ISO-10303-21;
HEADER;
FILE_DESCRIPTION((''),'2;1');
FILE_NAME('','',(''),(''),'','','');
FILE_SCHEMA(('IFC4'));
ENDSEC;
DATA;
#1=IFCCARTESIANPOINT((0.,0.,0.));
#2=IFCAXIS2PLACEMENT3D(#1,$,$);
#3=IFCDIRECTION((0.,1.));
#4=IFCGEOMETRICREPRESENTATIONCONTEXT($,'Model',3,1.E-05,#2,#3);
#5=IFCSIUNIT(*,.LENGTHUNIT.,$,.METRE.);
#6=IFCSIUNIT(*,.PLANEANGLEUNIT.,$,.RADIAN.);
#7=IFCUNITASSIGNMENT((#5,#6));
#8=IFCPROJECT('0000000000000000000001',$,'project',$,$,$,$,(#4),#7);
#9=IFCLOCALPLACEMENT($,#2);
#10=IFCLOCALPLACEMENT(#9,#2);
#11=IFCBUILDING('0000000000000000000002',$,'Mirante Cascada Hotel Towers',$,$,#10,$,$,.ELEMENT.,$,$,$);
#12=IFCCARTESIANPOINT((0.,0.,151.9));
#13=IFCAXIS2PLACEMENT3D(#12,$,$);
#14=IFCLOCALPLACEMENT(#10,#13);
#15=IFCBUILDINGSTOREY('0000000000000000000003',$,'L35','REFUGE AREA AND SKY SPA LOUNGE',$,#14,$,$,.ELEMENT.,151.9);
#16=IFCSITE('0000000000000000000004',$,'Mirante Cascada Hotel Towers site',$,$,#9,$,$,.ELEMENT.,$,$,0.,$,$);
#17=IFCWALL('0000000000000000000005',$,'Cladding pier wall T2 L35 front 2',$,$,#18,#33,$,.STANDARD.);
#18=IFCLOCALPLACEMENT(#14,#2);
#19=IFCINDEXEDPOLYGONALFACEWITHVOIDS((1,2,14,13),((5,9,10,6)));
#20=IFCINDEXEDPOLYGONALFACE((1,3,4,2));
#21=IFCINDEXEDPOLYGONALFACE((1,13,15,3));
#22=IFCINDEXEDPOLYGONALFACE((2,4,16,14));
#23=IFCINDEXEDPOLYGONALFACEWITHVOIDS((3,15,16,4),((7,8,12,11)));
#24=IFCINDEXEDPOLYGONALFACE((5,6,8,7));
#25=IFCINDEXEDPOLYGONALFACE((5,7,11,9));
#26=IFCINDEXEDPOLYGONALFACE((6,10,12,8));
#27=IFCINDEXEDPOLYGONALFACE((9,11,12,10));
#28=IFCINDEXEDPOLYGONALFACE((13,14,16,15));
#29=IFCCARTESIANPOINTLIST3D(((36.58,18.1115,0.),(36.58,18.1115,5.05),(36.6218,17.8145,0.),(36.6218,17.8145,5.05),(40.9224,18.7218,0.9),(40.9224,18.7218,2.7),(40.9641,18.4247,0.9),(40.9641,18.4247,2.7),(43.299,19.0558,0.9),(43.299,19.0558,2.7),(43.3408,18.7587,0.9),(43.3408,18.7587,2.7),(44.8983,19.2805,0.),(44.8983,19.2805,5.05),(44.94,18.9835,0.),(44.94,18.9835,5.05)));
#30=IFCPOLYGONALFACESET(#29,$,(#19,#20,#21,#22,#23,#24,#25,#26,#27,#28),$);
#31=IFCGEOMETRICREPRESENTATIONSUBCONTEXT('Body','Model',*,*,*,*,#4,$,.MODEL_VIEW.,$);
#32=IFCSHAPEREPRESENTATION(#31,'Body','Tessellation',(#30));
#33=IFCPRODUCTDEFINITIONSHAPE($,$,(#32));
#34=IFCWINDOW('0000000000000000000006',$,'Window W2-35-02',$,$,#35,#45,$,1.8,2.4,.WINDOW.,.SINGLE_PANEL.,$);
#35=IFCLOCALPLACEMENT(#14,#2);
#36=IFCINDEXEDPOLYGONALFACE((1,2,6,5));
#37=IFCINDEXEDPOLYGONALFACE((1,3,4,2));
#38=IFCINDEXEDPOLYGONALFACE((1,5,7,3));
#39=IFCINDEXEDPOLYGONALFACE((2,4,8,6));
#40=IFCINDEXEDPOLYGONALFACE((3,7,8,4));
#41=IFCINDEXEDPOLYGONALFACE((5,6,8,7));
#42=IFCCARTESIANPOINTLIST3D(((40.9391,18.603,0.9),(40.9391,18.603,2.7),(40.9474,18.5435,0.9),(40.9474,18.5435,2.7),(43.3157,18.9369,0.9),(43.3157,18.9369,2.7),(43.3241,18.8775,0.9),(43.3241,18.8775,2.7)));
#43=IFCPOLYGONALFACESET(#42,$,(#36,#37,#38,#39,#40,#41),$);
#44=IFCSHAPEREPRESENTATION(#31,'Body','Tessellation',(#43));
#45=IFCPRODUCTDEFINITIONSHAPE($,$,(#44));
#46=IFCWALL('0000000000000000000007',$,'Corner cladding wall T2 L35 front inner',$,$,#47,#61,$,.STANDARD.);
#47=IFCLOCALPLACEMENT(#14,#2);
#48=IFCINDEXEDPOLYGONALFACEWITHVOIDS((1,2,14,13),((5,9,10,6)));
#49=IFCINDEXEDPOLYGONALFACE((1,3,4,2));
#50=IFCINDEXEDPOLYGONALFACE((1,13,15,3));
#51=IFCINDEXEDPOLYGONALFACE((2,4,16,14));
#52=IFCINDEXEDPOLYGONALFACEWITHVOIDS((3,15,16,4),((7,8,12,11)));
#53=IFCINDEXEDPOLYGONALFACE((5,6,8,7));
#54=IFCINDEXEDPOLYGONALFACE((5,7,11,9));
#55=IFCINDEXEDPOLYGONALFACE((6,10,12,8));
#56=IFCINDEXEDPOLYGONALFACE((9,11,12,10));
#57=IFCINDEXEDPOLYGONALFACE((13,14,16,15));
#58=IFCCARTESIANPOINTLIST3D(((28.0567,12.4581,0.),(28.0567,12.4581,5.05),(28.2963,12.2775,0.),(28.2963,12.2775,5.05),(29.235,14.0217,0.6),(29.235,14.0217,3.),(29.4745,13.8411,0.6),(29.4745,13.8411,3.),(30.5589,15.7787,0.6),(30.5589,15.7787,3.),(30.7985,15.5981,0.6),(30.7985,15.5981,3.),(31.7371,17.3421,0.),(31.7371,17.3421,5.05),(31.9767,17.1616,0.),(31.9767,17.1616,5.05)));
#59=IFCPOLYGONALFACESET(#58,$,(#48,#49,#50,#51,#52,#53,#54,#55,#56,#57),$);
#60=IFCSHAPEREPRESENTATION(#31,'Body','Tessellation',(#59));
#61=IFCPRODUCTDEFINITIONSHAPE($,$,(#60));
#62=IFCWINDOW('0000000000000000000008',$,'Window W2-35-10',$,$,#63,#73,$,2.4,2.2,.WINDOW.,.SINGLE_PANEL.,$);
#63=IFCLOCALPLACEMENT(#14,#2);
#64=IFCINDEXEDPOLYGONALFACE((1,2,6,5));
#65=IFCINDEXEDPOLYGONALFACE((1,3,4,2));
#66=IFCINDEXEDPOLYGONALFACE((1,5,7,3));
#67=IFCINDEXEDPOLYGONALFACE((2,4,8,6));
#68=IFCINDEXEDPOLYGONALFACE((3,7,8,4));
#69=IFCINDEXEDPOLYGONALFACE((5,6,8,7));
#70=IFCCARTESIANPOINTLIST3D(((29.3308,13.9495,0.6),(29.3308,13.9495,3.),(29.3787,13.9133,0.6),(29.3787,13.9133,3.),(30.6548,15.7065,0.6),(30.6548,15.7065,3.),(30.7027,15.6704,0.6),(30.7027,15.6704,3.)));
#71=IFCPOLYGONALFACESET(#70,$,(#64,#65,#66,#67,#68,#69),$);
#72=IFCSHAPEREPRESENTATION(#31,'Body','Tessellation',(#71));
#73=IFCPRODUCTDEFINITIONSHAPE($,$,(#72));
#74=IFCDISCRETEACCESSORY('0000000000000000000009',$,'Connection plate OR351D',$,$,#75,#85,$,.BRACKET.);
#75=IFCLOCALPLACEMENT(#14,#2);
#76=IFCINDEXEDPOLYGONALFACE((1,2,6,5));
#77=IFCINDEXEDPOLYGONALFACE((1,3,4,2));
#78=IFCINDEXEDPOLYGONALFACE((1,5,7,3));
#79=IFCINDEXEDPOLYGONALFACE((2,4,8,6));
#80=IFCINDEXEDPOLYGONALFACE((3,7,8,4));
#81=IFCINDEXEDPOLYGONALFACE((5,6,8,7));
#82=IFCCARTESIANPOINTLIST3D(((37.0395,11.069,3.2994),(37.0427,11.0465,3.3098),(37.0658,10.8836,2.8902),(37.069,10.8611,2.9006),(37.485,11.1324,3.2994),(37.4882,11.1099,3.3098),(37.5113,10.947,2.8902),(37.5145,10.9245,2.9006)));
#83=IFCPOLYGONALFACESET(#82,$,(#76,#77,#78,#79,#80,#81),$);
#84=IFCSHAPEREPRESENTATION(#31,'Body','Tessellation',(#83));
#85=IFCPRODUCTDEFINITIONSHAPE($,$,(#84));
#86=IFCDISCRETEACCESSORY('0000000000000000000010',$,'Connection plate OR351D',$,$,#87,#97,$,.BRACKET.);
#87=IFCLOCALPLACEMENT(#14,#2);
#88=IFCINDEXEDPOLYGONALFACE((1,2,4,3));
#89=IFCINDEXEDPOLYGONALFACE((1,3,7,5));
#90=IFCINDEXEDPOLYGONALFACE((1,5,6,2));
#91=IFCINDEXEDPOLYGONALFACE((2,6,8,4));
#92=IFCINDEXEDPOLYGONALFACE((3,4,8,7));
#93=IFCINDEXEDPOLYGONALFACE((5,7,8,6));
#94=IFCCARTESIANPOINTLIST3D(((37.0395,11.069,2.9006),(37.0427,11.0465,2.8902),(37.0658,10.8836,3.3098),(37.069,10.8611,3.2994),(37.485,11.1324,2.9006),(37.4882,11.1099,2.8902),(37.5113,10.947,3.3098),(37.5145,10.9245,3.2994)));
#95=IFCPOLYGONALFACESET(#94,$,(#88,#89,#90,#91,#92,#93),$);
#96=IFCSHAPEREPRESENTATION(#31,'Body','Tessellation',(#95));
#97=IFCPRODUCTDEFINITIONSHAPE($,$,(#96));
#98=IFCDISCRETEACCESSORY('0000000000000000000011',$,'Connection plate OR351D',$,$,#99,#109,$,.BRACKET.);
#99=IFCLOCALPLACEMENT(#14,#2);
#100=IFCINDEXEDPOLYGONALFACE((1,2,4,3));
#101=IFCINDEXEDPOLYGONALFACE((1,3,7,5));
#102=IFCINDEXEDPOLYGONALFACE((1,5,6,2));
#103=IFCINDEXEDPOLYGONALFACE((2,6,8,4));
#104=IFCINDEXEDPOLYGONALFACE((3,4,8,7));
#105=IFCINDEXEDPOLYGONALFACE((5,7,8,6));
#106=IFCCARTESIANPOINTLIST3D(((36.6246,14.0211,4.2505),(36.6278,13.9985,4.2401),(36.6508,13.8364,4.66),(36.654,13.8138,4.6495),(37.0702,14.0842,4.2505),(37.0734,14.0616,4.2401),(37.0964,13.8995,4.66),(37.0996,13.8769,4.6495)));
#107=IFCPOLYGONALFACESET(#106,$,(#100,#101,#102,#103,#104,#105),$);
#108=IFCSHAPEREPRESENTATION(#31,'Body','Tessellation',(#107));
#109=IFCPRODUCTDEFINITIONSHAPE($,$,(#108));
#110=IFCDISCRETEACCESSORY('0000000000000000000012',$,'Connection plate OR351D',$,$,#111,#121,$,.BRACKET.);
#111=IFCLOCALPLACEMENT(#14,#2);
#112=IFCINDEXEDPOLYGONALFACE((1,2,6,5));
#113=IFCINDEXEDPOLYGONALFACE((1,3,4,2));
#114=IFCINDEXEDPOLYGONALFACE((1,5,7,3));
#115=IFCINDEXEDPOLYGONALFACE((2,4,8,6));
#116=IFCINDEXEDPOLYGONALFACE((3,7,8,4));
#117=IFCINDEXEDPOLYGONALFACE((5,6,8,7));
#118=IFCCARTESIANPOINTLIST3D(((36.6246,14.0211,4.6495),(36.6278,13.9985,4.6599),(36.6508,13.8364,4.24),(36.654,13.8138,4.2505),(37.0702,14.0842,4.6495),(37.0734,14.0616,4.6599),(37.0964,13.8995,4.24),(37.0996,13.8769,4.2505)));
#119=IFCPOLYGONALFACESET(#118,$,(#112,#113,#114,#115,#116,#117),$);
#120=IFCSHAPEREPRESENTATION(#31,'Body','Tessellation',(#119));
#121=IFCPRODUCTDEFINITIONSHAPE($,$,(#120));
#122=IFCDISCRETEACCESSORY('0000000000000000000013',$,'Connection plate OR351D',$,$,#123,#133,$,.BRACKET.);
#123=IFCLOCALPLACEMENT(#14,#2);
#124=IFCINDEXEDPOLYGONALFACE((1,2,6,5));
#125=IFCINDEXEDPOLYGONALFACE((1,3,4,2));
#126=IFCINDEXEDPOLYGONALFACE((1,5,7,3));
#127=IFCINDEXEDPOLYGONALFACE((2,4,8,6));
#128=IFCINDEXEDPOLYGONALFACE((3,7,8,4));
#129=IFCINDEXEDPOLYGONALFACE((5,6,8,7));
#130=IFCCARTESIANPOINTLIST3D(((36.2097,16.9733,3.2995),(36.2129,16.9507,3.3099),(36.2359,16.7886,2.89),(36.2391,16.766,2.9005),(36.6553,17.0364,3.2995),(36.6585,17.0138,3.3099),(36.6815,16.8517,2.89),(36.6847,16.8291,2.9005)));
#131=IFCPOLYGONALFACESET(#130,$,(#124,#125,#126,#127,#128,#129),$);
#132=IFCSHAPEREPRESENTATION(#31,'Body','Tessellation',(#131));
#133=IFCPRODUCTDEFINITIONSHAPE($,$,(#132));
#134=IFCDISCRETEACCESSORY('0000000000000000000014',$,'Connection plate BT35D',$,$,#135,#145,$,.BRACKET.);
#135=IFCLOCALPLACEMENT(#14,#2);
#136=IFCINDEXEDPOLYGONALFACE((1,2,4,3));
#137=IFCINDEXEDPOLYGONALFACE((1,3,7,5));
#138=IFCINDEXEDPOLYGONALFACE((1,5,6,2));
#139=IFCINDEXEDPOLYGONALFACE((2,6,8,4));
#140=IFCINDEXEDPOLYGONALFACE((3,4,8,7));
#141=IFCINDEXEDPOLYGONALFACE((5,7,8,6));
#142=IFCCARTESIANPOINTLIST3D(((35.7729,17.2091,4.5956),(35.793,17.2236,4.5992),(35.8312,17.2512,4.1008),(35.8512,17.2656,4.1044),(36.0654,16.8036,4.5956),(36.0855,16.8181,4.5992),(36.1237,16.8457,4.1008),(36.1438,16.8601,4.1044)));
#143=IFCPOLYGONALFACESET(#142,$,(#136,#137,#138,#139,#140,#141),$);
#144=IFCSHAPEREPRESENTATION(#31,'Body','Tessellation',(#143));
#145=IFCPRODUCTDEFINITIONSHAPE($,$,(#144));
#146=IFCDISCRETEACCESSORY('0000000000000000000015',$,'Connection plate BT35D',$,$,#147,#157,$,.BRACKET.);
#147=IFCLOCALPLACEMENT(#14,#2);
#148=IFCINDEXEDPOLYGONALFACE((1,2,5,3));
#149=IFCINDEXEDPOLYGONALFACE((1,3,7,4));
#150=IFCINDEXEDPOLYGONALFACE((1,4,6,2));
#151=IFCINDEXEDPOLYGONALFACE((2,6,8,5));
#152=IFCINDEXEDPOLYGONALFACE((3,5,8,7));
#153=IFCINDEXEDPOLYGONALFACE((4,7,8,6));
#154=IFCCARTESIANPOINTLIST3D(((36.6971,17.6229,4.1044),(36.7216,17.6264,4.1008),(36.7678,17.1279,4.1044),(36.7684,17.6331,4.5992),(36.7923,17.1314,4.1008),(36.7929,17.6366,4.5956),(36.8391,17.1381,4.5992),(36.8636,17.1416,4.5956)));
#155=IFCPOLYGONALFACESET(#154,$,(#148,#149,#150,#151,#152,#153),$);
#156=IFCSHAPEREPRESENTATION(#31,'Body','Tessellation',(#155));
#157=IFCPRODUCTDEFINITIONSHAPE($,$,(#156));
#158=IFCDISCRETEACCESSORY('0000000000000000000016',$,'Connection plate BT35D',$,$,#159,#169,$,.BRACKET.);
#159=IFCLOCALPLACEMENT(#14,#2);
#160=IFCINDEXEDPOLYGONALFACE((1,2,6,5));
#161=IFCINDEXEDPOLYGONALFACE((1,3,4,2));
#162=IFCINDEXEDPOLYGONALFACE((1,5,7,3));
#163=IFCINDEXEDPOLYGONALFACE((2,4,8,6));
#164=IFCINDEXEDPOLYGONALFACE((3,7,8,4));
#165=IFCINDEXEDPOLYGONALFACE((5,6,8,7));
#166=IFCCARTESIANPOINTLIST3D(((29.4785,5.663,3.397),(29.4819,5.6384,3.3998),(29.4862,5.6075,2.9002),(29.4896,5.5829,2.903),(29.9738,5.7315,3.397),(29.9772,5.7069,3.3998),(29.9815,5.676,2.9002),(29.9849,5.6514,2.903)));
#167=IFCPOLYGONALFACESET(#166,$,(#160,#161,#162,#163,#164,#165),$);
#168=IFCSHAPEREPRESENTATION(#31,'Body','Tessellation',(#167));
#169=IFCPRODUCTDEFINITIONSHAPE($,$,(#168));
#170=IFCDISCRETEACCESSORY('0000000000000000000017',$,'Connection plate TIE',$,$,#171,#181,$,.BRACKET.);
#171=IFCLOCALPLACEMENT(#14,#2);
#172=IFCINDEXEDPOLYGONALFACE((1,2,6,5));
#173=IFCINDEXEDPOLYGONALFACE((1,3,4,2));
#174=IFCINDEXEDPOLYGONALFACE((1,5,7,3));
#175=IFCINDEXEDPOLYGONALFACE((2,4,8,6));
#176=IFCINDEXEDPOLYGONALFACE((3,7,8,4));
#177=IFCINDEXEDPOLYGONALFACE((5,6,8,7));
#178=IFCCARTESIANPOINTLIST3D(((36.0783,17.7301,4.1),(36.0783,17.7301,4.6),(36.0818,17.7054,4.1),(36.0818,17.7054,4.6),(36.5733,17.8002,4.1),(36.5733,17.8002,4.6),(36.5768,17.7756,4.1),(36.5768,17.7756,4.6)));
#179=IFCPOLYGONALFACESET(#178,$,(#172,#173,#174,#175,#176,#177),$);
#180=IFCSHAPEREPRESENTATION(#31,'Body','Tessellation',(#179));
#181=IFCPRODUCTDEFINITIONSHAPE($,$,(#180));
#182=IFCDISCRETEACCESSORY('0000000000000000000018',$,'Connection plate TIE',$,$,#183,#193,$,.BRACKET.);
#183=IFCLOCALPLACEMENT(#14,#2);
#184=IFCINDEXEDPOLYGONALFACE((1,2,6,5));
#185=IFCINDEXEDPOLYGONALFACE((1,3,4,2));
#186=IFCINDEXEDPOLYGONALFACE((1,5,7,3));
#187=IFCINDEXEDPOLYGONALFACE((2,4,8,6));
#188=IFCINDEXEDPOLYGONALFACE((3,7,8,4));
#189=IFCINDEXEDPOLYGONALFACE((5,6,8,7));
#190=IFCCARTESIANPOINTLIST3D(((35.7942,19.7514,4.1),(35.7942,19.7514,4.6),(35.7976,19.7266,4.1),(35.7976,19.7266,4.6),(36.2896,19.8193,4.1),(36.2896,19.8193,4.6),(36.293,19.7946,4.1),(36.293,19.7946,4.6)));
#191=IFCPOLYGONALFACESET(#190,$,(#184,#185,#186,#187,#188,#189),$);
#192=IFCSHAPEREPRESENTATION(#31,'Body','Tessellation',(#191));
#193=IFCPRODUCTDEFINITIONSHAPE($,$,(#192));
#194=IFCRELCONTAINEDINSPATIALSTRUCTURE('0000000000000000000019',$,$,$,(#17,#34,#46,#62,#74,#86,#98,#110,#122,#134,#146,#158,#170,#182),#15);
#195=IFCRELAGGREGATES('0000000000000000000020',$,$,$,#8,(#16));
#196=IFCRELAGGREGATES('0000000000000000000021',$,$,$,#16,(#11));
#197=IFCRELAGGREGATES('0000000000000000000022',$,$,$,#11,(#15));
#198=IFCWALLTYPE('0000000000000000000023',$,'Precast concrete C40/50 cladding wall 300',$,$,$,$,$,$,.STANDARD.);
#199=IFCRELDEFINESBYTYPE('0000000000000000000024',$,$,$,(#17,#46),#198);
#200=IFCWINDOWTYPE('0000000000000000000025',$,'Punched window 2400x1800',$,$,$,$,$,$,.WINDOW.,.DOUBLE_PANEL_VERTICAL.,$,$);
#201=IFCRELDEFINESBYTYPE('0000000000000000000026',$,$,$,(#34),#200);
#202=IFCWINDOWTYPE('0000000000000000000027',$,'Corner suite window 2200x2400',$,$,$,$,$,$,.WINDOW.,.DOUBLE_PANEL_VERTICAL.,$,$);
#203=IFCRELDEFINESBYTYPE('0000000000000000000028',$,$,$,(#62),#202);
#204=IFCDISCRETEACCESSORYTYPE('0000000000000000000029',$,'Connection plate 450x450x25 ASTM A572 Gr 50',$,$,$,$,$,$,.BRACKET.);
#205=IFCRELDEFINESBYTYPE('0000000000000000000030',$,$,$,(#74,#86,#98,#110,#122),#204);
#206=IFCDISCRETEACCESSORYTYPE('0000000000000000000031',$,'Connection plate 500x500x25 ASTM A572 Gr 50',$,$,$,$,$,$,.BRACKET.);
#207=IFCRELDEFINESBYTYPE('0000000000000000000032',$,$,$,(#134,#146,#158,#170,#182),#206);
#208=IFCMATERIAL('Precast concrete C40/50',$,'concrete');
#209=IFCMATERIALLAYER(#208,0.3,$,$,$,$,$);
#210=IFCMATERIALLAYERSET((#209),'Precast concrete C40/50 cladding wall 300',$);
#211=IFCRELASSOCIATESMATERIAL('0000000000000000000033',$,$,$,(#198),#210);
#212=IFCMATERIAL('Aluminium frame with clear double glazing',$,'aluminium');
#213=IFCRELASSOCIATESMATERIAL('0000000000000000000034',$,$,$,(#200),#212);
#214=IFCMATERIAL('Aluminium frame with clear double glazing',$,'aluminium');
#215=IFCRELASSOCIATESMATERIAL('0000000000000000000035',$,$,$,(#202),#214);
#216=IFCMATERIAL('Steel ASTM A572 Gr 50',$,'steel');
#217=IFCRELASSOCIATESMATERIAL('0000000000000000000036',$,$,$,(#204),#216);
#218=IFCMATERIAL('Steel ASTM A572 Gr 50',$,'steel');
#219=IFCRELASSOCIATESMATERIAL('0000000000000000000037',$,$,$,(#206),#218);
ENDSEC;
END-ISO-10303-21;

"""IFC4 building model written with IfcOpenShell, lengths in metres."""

from ifc_helpers import new_model, si_unit, direction, frame, frame_2d, origin, origin_2d, place, context, subcontext, project, spatial, rectangle, extrude, material, layer, layer_set, material_profile, profile_set, type_object, element, fill, save


model = new_model("IFC4")

# Units and contexts
model_context = context("Model", 3, precision=1e-05, world=origin(), true_north=direction((0.0, 1.0)))
body_context = subcontext(model_context, "Body", "Model", "MODEL_VIEW")
ifc_project = project(units=[si_unit("LENGTHUNIT", "METRE"), si_unit("PLANEANGLEUNIT", "RADIAN")], contexts=[model_context])

# Site, building, storey
site_placement = place(None, origin())
site = spatial("IfcSite", under=ifc_project, at=site_placement, Name="Mirante Cascada Hotel Towers site", CompositionType="ELEMENT", RefElevation=0.0)
building_placement = place(site_placement, origin())
building = spatial("IfcBuilding", under=site, at=building_placement, Name="Mirante Cascada Hotel Towers", CompositionType="ELEMENT")
storey_placement = place(building_placement, frame((0.0, 0.0, 151.9)))
storey = spatial("IfcBuildingStorey", under=building, at=storey_placement, Name="L35", Description="REFUGE AREA AND SKY SPA LOUNGE", CompositionType="ELEMENT", Elevation=151.9)

# Walls, openings, windows
ifc_material_1 = material(Name="Precast concrete C40/50", Category="concrete")
ifc_layer_1 = layer(ifc_material_1, 0.3)
ifc_layer_set_1 = layer_set([ifc_layer_1], Name="Precast concrete C40/50 cladding wall 300")
wall_type = type_object("IfcWallType", Name="Precast concrete C40/50 cladding wall 300", PredefinedType="STANDARD", material=ifc_layer_set_1)
ifc_material_2 = material(Name="Aluminium frame with clear double glazing", Category="aluminium")
window_type_1 = type_object("IfcWindowType", Name="Punched window 2400x1800", PartitioningType="DOUBLE_PANEL_VERTICAL", PredefinedType="WINDOW", material=ifc_material_2)
wall_1_placement = place(storey_placement, frame((36.6009, 17.963, 0.0), z_axis=(0.0, 0.0, 1.0), x_axis=(0.990269, 0.139166, 0.0)))
wall_1 = element("IfcWall", 1, at=wall_1_placement, inside=storey, type_object=wall_type, Name="Cladding pier wall T2 L35 front 2", PredefinedType="STANDARD", context=body_context, shape_type="SweptSolid", body=[
    extrude(rectangle(XDim=8.4, YDim=0.3, at=frame_2d((4.2, 0.0))), origin(), (0.0, 0.0, 1.0), 5.05),
])
opening_1_placement = place(wall_1_placement, frame((4.385, 0.0, 0.9)))
opening_1 = element("IfcOpeningElement", 2, at=opening_1_placement, cuts=wall_1, PredefinedType="OPENING", context=body_context, shape_type="SweptSolid", body=[
    extrude(rectangle(XDim=2.4, YDim=1.8, at=frame_2d((1.2, 0.9))), frame((0.0, 0.15, 0.0), z_axis=(0.0, -1.0, 0.0), x_axis=(1.0, 0.0, 0.0)), (0.0, 0.0, 1.0), 0.3),
])
window_1_placement = place(opening_1_placement, origin())
window_1 = element("IfcWindow", 3, at=window_1_placement, inside=storey, type_object=window_type_1, Name="Window W2-35-02", OverallHeight=1.8, OverallWidth=2.4, PartitioningType="SINGLE_PANEL", PredefinedType="WINDOW", context=body_context, shape_type="SweptSolid", body=[
    extrude(rectangle(XDim=2.4, YDim=1.8, at=frame_2d((1.2, 0.9))), frame((0.0, 0.03, 0.0), z_axis=(0.0, -1.0, 0.0), x_axis=(1.0, 0.0, 0.0)), (0.0, 0.0, 1.0), 0.06),
])
fill(opening_1, window_1)
wall_2_placement = place(storey_placement, frame((31.8569, 17.2519, 0.0), z_axis=(0.0, 0.0, 1.0), x_axis=(-0.601812, -0.798638, 0.0)))
wall_2 = element("IfcWall", 4, at=wall_2_placement, inside=storey, type_object=wall_type, Name="Corner cladding wall T2 L35 front inner", PredefinedType="STANDARD", context=body_context, shape_type="SweptSolid", body=[
    extrude(rectangle(XDim=6.1155, YDim=0.3, at=frame_2d((3.0578, 0.0))), origin(), (0.0, 0.0, 1.0), 5.05),
])
opening_2_placement = place(wall_2_placement, frame((1.9577, 0.0, 0.6)))
opening_2 = element("IfcOpeningElement", 5, at=opening_2_placement, cuts=wall_2, PredefinedType="OPENING", context=body_context, shape_type="SweptSolid", body=[
    extrude(rectangle(XDim=2.2, YDim=2.4, at=frame_2d((1.1, 1.2))), frame((0.0, 0.15, 0.0), z_axis=(0.0, -1.0, 0.0), x_axis=(1.0, 0.0, 0.0)), (0.0, 0.0, 1.0), 0.3),
])
ifc_material_3 = material(Name="Aluminium frame with clear double glazing", Category="aluminium")
window_type_2 = type_object("IfcWindowType", Name="Corner suite window 2200x2400", PartitioningType="DOUBLE_PANEL_VERTICAL", PredefinedType="WINDOW", material=ifc_material_3)
window_2_placement = place(opening_2_placement, origin())
window_2 = element("IfcWindow", 6, at=window_2_placement, inside=storey, type_object=window_type_2, Name="Window W2-35-10", OverallHeight=2.4, OverallWidth=2.2, PartitioningType="SINGLE_PANEL", PredefinedType="WINDOW", context=body_context, shape_type="SweptSolid", body=[
    extrude(rectangle(XDim=2.2, YDim=2.4, at=frame_2d((1.1, 1.2))), frame((0.0, 0.03, 0.0), z_axis=(0.0, -1.0, 0.0), x_axis=(1.0, 0.0, 0.0)), (0.0, 0.0, 1.0), 0.06),
])
fill(opening_2, window_2)

# Discrete accessories
ifc_material_4 = material(Name="Steel ASTM A572 Gr 50", Category="steel")
ifc_material_profile_1 = material_profile(ifc_material_4, rectangle(XDim=0.45, YDim=0.45, at=origin_2d()), Name="Connection plate 450x450x25 ASTM A572 Gr 50")
ifc_profile_set_1 = profile_set([ifc_material_profile_1], Name="Steel ASTM A572 Gr 50")
discrete_accessory_type_1 = type_object("IfcDiscreteAccessoryType", Name="Connection plate 450x450x25 ASTM A572 Gr 50", PredefinedType="BRACKET", material=ifc_profile_set_1)
for number, where, z_axis, x_axis, name in (
    (7, (37.2786, 10.9855, 3.1052), (-0.128036, 0.900252, -0.416117), (-0.990037, -0.140805, 0.0), "Connection plate OR351D"),
    (8, (37.2786, 10.9855, 3.0948), (-0.128036, 0.900252, 0.416117), (-0.990037, -0.140805, 0.0), "Connection plate OR351D"),
):
    element("IfcDiscreteAccessory", number, at=place(storey_placement, frame(where, z_axis=z_axis, x_axis=x_axis)), inside=storey, type_object=discrete_accessory_type_1, Name=name, PredefinedType="BRACKET", context=body_context, shape_type="SweptSolid", body=[
        extrude(rectangle(XDim=0.45, YDim=0.45, at=origin_2d()), origin(), (0.0, 0.0, 1.0), 0.025),
    ])
for number, where, z_axis, x_axis, name in (
    (9, (36.8637, 13.9377, 4.4448), (-0.127576, 0.901006, 0.414622), (-0.990124, -0.140194, 0.0), "Connection plate OR351D"),
    (10, (36.8637, 13.9377, 4.4552), (-0.127576, 0.901006, -0.414622), (-0.990124, -0.140194, 0.0), "Connection plate OR351D"),
    (11, (36.4488, 16.8899, 3.1052), (-0.127576, 0.901006, -0.414622), (-0.990124, -0.140194, 0.0), "Connection plate OR351D"),
):
    element("IfcDiscreteAccessory", number, at=place(storey_placement, frame(where, z_axis=z_axis, x_axis=x_axis)), inside=storey, type_object=discrete_accessory_type_1, Name=name, PredefinedType="BRACKET", context=body_context, shape_type="SweptSolid", body=[
        extrude(rectangle(XDim=0.45, YDim=0.45, at=origin_2d()), origin(), (0.0, 0.0, 1.0), 0.0251),
    ])
ifc_material_5 = material(Name="Steel ASTM A572 Gr 50", Category="steel")
ifc_material_profile_2 = material_profile(ifc_material_5, rectangle(XDim=0.5, YDim=0.5, at=origin_2d()), Name="Connection plate 500x500x25 ASTM A572 Gr 50")
ifc_profile_set_2 = profile_set([ifc_material_profile_2], Name="Steel ASTM A572 Gr 50")
discrete_accessory_type_2 = type_object("IfcDiscreteAccessoryType", Name="Connection plate 500x500x25 ASTM A572 Gr 50", PredefinedType="BRACKET", material=ifc_profile_set_2)
for number, where, z_axis, x_axis, name in (
    (12, (35.9483, 17.0274, 4.3482), (0.802576, 0.578973, 0.143745), (-0.585048, 0.810998, 0.0), "Connection plate BT35D"),
    (13, (36.7681, 17.3805, 4.3518), (0.97964, 0.139949, -0.143947), (-0.141421, 0.98995, 0.0), "Connection plate BT35D"),
    (14, (29.7334, 5.6449, 3.1514), (-0.136048, 0.984347, -0.112039), (-0.990583, -0.13691, 0.0), "Connection plate BT35D"),
):
    element("IfcDiscreteAccessory", number, at=place(storey_placement, frame(where, z_axis=z_axis, x_axis=x_axis)), inside=storey, type_object=discrete_accessory_type_2, Name=name, PredefinedType="BRACKET", context=body_context, shape_type="SweptSolid", body=[
        extrude(rectangle(XDim=0.5, YDim=0.5, at=origin_2d()), origin(), (0.0, 0.0, 1.0), 0.025),
    ])
discrete_accessory_1_placement = place(storey_placement, frame((36.3293, 17.7405, 4.35), z_axis=(-0.140299, 0.990109, 0.0), x_axis=(-0.990109, -0.140299, 0.0)))
element("IfcDiscreteAccessory", 15, at=discrete_accessory_1_placement, inside=storey, type_object=discrete_accessory_type_2, Name="Connection plate TIE", PredefinedType="BRACKET", context=body_context, shape_type="SweptSolid", body=[
    extrude(rectangle(XDim=0.5, YDim=0.5, at=origin_2d()), origin(), (0.0, 0.0, 1.0), 0.0249),
])
discrete_accessory_2_placement = place(storey_placement, frame((36.0453, 19.7606, 4.35), z_axis=(-0.135826, 0.990733, 0.0), x_axis=(-0.990733, -0.135826, 0.0)))
element("IfcDiscreteAccessory", 16, at=discrete_accessory_2_placement, inside=storey, type_object=discrete_accessory_type_2, Name="Connection plate TIE", PredefinedType="BRACKET", context=body_context, shape_type="SweptSolid", body=[
    extrude(rectangle(XDim=0.5, YDim=0.5, at=origin_2d()), origin(), (0.0, 0.0, 1.0), 0.025),
])

save(model, "model.ifc")
